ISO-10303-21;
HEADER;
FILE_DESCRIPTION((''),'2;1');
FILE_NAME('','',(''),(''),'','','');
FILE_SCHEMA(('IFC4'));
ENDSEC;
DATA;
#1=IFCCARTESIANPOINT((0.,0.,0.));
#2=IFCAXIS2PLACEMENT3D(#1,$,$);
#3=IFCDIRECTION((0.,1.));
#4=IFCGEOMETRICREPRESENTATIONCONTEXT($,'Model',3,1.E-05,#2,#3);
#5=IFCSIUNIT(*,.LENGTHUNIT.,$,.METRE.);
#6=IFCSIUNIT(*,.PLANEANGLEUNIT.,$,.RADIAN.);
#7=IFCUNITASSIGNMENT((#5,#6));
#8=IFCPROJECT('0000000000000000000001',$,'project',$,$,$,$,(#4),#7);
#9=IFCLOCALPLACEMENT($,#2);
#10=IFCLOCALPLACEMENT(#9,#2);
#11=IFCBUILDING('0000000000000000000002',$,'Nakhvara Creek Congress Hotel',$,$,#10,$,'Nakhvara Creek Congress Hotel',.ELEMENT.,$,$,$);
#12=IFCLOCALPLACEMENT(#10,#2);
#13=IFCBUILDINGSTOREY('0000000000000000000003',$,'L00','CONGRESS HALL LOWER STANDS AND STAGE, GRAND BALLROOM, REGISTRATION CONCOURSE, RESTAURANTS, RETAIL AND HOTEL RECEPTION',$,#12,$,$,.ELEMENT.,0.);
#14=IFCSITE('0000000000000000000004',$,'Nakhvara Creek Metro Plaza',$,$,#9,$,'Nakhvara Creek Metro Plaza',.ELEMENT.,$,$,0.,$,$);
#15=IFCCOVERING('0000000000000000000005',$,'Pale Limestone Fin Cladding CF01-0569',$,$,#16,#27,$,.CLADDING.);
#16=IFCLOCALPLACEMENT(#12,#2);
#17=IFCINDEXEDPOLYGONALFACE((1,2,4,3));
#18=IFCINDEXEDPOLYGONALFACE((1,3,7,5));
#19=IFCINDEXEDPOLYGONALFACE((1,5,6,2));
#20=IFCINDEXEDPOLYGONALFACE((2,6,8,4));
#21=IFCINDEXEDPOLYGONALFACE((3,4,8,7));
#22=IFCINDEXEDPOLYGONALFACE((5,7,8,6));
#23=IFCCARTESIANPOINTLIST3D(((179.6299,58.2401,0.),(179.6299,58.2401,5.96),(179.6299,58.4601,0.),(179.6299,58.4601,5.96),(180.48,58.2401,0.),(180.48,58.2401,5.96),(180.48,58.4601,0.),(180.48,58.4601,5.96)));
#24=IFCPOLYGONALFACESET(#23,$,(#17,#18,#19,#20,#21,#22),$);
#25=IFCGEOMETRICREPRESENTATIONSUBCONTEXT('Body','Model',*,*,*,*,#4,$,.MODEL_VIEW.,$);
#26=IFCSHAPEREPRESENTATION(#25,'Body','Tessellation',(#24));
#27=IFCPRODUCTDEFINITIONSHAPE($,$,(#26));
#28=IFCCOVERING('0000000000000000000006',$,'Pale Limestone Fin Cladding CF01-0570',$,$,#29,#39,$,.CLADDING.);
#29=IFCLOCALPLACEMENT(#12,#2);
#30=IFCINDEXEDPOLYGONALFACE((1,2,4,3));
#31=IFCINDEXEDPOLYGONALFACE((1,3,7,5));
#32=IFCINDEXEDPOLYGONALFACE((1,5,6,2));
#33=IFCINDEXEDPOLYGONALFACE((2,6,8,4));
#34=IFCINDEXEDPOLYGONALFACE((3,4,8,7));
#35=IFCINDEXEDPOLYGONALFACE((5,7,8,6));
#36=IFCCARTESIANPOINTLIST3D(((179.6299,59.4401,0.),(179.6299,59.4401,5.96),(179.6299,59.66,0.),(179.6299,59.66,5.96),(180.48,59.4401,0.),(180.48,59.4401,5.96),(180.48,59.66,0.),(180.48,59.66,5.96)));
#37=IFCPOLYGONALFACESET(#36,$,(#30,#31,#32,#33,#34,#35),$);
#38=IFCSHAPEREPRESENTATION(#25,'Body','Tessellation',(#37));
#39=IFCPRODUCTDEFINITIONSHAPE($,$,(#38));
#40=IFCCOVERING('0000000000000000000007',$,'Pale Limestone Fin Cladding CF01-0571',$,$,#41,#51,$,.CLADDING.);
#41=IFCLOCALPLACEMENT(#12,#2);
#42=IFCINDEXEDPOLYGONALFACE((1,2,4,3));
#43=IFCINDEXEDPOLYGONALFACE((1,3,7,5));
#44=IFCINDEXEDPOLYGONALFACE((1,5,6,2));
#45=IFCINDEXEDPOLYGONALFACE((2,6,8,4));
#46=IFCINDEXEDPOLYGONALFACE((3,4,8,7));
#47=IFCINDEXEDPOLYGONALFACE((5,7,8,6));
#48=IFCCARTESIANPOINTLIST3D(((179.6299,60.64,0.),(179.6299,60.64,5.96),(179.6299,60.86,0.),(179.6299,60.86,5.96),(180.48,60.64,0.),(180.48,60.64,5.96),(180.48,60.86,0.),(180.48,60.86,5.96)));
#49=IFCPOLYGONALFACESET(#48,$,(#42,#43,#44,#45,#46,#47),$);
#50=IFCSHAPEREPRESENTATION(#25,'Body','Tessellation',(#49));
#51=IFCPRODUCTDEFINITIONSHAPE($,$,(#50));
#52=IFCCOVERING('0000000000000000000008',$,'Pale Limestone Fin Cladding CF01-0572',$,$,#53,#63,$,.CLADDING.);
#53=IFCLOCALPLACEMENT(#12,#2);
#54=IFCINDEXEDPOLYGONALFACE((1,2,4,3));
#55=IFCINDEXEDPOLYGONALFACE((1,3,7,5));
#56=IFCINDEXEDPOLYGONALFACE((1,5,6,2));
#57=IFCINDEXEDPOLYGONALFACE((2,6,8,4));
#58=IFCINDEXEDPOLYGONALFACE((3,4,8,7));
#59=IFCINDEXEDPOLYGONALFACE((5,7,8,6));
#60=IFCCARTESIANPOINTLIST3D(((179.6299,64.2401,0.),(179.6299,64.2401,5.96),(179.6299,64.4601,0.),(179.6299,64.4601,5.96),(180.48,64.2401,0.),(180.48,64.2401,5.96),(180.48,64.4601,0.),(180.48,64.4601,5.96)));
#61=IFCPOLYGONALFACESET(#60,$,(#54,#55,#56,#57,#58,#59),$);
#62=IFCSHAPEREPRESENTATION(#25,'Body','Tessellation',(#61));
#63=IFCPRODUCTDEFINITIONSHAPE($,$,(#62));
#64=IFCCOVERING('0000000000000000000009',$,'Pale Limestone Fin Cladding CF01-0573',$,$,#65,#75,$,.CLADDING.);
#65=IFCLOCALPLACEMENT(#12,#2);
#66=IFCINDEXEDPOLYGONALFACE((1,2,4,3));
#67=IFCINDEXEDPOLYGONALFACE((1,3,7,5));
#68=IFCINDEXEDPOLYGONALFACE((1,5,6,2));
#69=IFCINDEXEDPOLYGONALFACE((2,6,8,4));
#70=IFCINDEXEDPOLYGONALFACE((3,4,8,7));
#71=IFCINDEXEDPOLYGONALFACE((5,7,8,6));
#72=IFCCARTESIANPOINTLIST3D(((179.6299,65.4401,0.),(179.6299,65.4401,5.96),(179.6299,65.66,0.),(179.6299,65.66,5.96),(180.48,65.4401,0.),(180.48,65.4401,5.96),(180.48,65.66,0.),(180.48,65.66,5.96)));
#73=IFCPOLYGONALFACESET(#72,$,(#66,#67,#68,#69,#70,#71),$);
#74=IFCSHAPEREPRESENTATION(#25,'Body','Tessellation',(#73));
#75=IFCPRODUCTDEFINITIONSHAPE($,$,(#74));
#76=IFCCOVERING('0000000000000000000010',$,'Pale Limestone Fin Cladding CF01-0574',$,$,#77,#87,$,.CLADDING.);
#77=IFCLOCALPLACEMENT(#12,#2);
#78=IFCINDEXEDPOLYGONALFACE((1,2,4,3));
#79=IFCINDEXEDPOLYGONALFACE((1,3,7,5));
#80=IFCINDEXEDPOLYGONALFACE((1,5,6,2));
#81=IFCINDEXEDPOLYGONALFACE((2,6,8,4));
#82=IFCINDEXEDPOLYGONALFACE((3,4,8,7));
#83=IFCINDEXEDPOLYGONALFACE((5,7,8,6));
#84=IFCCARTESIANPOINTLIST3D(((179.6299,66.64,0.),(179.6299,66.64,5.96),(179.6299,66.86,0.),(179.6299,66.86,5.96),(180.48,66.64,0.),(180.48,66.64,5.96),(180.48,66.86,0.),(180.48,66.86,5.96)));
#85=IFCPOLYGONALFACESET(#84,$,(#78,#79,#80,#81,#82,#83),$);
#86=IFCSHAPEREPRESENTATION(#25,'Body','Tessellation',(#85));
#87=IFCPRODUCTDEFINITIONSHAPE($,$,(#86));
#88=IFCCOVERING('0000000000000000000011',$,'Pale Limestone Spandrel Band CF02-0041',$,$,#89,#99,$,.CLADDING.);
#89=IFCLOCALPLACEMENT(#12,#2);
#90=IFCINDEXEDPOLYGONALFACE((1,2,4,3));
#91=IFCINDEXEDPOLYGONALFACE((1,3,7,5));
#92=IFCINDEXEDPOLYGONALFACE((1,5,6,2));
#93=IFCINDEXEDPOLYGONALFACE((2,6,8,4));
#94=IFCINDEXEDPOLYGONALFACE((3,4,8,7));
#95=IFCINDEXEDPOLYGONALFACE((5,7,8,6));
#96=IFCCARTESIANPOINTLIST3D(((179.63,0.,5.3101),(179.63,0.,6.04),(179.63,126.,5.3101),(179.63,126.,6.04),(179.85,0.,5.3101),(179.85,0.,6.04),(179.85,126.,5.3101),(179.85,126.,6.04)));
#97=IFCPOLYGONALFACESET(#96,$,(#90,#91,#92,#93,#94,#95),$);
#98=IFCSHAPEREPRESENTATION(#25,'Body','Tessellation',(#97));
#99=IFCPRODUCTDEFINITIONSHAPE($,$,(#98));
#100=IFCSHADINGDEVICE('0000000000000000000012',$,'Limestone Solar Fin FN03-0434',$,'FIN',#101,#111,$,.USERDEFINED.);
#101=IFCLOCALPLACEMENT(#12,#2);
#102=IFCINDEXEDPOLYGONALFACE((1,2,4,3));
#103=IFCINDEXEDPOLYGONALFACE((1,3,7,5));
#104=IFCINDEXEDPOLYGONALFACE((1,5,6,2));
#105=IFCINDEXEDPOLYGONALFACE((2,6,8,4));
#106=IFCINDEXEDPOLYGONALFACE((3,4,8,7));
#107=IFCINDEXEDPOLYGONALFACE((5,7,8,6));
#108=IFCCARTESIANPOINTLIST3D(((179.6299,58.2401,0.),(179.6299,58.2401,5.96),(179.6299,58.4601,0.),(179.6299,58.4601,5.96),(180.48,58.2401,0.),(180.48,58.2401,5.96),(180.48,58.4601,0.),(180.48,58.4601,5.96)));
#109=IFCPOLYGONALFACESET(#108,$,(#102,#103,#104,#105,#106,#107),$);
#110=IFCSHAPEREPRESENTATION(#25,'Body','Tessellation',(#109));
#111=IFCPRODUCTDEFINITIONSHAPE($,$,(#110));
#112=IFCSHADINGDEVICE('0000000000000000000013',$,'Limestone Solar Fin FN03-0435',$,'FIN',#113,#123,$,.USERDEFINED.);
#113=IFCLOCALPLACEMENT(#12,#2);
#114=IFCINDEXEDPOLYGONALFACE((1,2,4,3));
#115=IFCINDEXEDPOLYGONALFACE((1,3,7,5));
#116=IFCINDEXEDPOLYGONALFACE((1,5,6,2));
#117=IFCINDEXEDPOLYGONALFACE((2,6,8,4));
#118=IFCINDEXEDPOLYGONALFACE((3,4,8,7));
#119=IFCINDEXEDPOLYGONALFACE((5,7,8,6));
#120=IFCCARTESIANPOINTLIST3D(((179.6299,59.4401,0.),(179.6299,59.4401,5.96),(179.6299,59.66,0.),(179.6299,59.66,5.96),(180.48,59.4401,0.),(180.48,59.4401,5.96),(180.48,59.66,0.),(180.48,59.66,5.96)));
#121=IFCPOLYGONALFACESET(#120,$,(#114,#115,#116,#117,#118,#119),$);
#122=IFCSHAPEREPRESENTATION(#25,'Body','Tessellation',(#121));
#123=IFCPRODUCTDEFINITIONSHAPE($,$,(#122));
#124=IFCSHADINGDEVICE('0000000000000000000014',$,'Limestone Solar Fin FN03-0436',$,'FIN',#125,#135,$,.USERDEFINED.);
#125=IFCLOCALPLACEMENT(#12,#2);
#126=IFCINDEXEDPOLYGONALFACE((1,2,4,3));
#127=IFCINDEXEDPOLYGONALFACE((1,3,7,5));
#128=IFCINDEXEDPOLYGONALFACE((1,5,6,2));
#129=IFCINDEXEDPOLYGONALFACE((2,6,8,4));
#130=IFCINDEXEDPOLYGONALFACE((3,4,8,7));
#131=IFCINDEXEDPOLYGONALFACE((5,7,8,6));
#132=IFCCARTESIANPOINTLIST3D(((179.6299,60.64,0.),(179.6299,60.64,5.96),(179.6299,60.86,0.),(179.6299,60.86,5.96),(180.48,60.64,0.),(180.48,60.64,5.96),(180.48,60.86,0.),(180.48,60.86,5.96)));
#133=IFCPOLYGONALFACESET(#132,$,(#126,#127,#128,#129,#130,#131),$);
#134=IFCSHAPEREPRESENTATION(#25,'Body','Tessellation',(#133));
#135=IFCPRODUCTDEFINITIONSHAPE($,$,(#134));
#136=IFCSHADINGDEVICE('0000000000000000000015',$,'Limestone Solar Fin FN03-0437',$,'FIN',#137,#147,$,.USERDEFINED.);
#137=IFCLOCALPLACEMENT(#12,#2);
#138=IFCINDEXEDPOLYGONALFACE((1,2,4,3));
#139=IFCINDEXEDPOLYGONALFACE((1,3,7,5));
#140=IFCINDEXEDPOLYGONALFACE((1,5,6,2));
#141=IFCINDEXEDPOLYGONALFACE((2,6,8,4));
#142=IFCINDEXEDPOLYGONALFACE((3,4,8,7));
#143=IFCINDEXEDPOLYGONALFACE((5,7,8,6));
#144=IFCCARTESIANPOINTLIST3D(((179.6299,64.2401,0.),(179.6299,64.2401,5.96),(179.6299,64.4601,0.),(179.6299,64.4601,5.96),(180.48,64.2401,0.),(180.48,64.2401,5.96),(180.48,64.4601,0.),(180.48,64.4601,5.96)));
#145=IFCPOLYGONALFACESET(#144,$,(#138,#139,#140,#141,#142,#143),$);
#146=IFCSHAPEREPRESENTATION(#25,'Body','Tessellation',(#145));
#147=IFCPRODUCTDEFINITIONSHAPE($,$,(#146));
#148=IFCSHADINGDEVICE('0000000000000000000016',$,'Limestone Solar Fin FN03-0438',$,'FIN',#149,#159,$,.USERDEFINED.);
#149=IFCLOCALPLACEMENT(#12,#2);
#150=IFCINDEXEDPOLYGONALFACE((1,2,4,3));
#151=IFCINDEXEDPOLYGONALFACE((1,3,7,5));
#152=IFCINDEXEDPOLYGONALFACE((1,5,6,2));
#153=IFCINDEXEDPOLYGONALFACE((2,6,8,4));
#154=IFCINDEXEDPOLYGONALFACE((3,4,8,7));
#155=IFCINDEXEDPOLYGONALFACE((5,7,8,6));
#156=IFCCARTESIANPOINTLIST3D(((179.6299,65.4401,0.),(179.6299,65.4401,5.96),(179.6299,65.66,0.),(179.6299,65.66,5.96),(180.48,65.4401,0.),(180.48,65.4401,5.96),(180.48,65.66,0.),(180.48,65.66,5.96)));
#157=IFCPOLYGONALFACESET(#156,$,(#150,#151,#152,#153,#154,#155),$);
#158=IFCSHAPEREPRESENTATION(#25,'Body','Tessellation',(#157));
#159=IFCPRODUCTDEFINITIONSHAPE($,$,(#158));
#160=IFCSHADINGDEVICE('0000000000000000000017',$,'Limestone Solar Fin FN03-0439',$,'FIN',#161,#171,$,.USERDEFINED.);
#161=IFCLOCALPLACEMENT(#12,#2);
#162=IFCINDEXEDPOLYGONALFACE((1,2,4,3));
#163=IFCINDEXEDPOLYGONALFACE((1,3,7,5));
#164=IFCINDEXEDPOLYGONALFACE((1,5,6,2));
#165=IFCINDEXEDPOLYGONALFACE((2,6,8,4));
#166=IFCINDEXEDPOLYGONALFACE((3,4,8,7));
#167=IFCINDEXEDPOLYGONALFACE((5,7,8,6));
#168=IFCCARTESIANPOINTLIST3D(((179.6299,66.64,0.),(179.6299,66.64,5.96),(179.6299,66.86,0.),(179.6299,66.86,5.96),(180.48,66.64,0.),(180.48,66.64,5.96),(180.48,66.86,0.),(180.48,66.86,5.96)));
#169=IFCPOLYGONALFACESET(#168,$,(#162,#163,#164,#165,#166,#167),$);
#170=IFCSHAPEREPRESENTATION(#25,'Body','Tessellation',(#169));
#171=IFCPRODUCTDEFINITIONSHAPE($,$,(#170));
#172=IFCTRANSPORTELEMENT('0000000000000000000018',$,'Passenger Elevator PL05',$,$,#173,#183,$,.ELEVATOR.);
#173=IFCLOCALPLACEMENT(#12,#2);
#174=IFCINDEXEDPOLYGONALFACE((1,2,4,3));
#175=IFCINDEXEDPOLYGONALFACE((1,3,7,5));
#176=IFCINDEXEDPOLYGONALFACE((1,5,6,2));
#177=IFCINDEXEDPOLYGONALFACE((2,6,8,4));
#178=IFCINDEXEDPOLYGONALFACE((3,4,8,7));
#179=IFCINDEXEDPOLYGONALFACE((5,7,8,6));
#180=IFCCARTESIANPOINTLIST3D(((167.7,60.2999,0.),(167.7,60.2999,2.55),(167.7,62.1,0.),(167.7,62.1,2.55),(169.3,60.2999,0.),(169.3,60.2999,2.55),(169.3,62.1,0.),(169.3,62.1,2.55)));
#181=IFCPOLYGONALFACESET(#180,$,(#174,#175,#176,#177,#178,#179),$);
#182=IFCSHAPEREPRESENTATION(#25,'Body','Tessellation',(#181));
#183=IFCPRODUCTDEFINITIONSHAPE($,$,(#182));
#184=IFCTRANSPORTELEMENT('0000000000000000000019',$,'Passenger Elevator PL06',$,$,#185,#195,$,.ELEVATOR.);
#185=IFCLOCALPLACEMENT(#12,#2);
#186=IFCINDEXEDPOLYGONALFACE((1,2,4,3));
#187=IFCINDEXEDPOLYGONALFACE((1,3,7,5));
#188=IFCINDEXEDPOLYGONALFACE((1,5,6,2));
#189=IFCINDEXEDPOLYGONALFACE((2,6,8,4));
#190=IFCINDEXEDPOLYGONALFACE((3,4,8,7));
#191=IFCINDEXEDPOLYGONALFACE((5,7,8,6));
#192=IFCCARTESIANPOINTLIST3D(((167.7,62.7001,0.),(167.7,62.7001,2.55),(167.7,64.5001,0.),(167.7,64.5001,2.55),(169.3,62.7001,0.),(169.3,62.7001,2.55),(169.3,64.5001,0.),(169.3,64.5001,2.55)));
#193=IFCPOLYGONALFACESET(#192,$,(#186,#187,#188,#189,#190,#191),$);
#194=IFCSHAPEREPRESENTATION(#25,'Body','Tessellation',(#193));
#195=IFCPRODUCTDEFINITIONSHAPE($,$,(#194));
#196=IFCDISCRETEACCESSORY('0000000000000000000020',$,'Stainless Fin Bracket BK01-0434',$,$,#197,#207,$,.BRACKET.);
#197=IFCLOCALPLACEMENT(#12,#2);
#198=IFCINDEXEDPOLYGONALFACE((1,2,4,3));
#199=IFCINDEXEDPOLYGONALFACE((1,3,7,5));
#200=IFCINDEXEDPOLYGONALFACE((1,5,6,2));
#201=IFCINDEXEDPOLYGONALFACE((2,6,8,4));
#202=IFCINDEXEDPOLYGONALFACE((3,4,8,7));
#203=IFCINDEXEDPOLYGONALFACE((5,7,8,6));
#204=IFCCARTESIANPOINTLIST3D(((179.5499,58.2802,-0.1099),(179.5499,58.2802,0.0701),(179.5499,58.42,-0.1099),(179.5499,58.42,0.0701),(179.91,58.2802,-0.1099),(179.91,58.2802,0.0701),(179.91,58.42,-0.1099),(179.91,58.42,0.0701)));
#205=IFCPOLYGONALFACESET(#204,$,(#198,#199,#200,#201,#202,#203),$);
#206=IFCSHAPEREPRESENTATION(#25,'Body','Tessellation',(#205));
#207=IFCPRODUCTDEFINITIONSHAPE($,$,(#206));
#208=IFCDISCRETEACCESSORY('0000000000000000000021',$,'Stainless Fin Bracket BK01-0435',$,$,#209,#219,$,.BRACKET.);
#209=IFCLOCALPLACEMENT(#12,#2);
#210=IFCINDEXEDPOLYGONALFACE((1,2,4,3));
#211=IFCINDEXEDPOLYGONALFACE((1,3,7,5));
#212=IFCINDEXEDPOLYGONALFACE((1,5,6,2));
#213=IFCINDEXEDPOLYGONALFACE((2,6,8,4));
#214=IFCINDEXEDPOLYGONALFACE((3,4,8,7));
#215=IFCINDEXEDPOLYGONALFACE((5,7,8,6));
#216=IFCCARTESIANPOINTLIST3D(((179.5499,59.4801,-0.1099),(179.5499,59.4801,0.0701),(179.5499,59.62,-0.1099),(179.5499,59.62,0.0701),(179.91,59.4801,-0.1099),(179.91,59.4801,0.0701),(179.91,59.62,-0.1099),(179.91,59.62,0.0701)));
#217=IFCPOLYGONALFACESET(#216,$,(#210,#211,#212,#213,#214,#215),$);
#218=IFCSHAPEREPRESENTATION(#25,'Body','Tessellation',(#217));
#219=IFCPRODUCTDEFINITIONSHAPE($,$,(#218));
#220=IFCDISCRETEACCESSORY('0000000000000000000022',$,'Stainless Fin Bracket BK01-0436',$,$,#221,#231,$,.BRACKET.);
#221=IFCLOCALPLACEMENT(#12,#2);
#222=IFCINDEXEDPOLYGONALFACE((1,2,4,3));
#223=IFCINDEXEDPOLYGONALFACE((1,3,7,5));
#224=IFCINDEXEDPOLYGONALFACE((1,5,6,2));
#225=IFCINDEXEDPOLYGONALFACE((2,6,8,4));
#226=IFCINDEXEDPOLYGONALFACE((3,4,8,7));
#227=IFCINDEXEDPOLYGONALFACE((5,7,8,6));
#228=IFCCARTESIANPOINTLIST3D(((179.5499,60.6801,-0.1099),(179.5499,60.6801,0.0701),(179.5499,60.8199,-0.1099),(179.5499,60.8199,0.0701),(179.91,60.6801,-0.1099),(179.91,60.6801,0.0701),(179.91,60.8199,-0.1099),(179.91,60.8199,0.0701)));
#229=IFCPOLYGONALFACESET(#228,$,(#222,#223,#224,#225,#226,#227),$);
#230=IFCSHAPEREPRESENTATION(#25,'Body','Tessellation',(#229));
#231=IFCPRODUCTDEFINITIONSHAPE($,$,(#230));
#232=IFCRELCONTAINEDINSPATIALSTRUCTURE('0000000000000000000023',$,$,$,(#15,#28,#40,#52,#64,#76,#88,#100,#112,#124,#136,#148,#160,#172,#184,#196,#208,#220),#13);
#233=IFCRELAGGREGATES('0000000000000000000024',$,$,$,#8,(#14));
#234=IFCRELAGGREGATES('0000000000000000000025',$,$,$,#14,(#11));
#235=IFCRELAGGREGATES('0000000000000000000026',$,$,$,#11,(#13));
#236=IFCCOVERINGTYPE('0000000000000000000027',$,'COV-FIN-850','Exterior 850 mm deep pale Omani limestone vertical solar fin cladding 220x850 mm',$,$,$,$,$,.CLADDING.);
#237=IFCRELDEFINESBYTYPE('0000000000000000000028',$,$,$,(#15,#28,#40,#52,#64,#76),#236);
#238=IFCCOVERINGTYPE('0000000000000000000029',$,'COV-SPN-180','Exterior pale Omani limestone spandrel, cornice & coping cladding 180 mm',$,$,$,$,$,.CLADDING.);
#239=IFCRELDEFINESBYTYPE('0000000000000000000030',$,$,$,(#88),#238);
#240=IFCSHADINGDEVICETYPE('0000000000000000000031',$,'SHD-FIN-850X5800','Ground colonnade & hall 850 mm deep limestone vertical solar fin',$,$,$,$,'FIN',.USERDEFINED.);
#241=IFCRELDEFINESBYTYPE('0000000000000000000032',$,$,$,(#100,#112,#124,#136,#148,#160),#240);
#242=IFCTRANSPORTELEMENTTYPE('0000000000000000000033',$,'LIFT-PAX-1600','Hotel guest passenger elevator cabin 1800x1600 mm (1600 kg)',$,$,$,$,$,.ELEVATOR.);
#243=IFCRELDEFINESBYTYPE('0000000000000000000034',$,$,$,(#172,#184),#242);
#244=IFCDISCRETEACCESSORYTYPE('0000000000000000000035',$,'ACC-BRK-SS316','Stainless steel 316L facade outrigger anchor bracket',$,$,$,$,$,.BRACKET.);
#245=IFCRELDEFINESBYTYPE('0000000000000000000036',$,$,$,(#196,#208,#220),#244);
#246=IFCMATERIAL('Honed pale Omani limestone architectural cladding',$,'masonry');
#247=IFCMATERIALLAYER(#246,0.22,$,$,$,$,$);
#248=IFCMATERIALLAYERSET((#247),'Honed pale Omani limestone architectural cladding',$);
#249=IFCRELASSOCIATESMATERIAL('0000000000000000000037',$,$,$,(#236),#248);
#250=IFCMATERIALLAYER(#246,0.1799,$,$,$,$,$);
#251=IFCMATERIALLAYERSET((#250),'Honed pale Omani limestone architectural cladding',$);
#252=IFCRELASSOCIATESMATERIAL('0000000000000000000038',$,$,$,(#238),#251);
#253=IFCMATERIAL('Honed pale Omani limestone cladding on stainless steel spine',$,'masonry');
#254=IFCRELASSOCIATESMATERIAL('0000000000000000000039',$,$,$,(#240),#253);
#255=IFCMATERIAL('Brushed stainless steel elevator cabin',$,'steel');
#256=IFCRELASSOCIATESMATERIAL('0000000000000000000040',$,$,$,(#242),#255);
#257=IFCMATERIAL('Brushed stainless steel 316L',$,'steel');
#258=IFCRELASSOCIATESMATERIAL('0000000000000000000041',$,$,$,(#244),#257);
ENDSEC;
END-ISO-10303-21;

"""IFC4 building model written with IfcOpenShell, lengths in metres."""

from ifc_helpers import new_model, si_unit, direction, frame, origin, origin_2d, place, context, subcontext, project, spatial, rectangle, extrude, material, layer, layer_set, type_object, element, save


model = new_model("IFC4")

# Units and contexts
model_context = context("Model", 3, precision=1e-05, world=origin(), true_north=direction((0.0, 1.0)))
body_context = subcontext(model_context, "Body", "Model", "MODEL_VIEW")
ifc_project = project(units=[si_unit("LENGTHUNIT", "METRE"), si_unit("PLANEANGLEUNIT", "RADIAN")], contexts=[model_context])

# Site, building, storey
site_placement = place(None, origin())
site = spatial("IfcSite", under=ifc_project, at=site_placement, Name="Nakhvara Creek Metro Plaza", LongName="Nakhvara Creek Metro Plaza", CompositionType="ELEMENT", RefElevation=0.0)
building_placement = place(site_placement, origin())
building = spatial("IfcBuilding", under=site, at=building_placement, Name="Nakhvara Creek Congress Hotel", LongName="Nakhvara Creek Congress Hotel", CompositionType="ELEMENT")
storey_placement = place(building_placement, origin())
storey = spatial("IfcBuildingStorey", under=building, at=storey_placement, Name="L00", Description="CONGRESS HALL LOWER STANDS AND STAGE, GRAND BALLROOM, REGISTRATION CONCOURSE, RESTAURANTS, RETAIL AND HOTEL RECEPTION", CompositionType="ELEMENT", Elevation=0.0)

# Coverings
ifc_material_1 = material(Name="Honed pale Omani limestone architectural cladding", Category="masonry")
ifc_layer_1 = layer(ifc_material_1, 0.22)
ifc_layer_set_1 = layer_set([ifc_layer_1], Name="Honed pale Omani limestone architectural cladding")
covering_type_1 = type_object("IfcCoveringType", Name="COV-FIN-850", Description="Exterior 850 mm deep pale Omani limestone vertical solar fin cladding 220x850 mm", PredefinedType="CLADDING", material=ifc_layer_set_1)
for number, where, z_axis, x_axis, name in (
    (1, (180.0549, 58.3501, 0.0), (0.0, 0.0, 1.0), (0.0, 1.0, 0.0), "Pale Limestone Fin Cladding CF01-0569"),
    (2, (180.0549, 59.55, 0.0), (0.0, 0.0, 1.0), (0.0, 1.0, 0.0), "Pale Limestone Fin Cladding CF01-0570"),
    (3, (180.0549, 60.75, 0.0), (0.0, 0.0, 1.0), (0.0, 1.0, 0.0), "Pale Limestone Fin Cladding CF01-0571"),
    (4, (180.0549, 64.3501, 0.0), (0.0, 0.0, 1.0), (0.0, 1.0, 0.0), "Pale Limestone Fin Cladding CF01-0572"),
    (5, (180.0549, 65.55, 0.0), (0.0, 0.0, 1.0), (0.0, 1.0, 0.0), "Pale Limestone Fin Cladding CF01-0573"),
    (6, (180.0549, 66.75, 0.0), (0.0, 0.0, 1.0), (0.0, 1.0, 0.0), "Pale Limestone Fin Cladding CF01-0574"),
):
    element("IfcCovering", number, at=place(storey_placement, frame(where, z_axis=z_axis, x_axis=x_axis)), inside=storey, type_object=covering_type_1, Name=name, PredefinedType="CLADDING", context=body_context, shape_type="SweptSolid", body=[
        extrude(rectangle(XDim=0.22, YDim=0.8501, at=origin_2d()), origin(), (0.0, 0.0, 1.0), 5.96),
    ])
ifc_layer_2 = layer(ifc_material_1, 0.1799)
ifc_layer_set_2 = layer_set([ifc_layer_2], Name="Honed pale Omani limestone architectural cladding")
covering_type_2 = type_object("IfcCoveringType", Name="COV-SPN-180", Description="Exterior pale Omani limestone spandrel, cornice & coping cladding 180 mm", PredefinedType="CLADDING", material=ifc_layer_set_2)
covering_placement = place(storey_placement, frame((179.74, 63.0, 5.3101), z_axis=(0.0, 0.0, 1.0), x_axis=(0.0, 1.0, 0.0)))
element("IfcCovering", 7, at=covering_placement, inside=storey, type_object=covering_type_2, Name="Pale Limestone Spandrel Band CF02-0041", PredefinedType="CLADDING", context=body_context, shape_type="SweptSolid", body=[
    extrude(rectangle(XDim=126.0, YDim=0.22, at=origin_2d()), origin(), (0.0, 0.0, 1.0), 0.73),
])

# Shading devices
ifc_material_2 = material(Name="Honed pale Omani limestone cladding on stainless steel spine", Category="masonry")
shading_device_type = type_object("IfcShadingDeviceType", Name="SHD-FIN-850X5800", Description="Ground colonnade & hall 850 mm deep limestone vertical solar fin", ElementType="FIN", PredefinedType="USERDEFINED", material=ifc_material_2)
for number, where, z_axis, x_axis, name in (
    (8, (180.0549, 58.3501, 0.0), (0.0, 0.0, 1.0), (0.0, 1.0, 0.0), "Limestone Solar Fin FN03-0434"),
    (9, (180.0549, 59.55, 0.0), (0.0, 0.0, 1.0), (0.0, 1.0, 0.0), "Limestone Solar Fin FN03-0435"),
    (10, (180.0549, 60.75, 0.0), (0.0, 0.0, 1.0), (0.0, 1.0, 0.0), "Limestone Solar Fin FN03-0436"),
    (11, (180.0549, 64.3501, 0.0), (0.0, 0.0, 1.0), (0.0, 1.0, 0.0), "Limestone Solar Fin FN03-0437"),
    (12, (180.0549, 65.55, 0.0), (0.0, 0.0, 1.0), (0.0, 1.0, 0.0), "Limestone Solar Fin FN03-0438"),
    (13, (180.0549, 66.75, 0.0), (0.0, 0.0, 1.0), (0.0, 1.0, 0.0), "Limestone Solar Fin FN03-0439"),
):
    element("IfcShadingDevice", number, at=place(storey_placement, frame(where, z_axis=z_axis, x_axis=x_axis)), inside=storey, type_object=shading_device_type, Name=name, ObjectType="FIN", PredefinedType="USERDEFINED", context=body_context, shape_type="SweptSolid", body=[
        extrude(rectangle(XDim=0.22, YDim=0.8501, at=origin_2d()), origin(), (0.0, 0.0, 1.0), 5.96),
    ])

# Transport elements
ifc_material_3 = material(Name="Brushed stainless steel elevator cabin", Category="steel")
transport_element_type = type_object("IfcTransportElementType", Name="LIFT-PAX-1600", Description="Hotel guest passenger elevator cabin 1800x1600 mm (1600 kg)", PredefinedType="ELEVATOR", material=ifc_material_3)
for number, where, z_axis, x_axis, name in (
    (14, (168.5, 61.2, 0.0), (0.0, 0.0, 1.0), (0.0, 1.0, 0.0), "Passenger Elevator PL05"),
    (15, (168.5, 63.6001, 0.0), (0.0, 0.0, 1.0), (0.0, 1.0, 0.0), "Passenger Elevator PL06"),
):
    element("IfcTransportElement", number, at=place(storey_placement, frame(where, z_axis=z_axis, x_axis=x_axis)), inside=storey, type_object=transport_element_type, Name=name, PredefinedType="ELEVATOR", context=body_context, shape_type="SweptSolid", body=[
        extrude(rectangle(XDim=1.8, YDim=1.6001, at=origin_2d()), origin(), (0.0, 0.0, 1.0), 2.55),
    ])

# Discrete accessories
ifc_material_4 = material(Name="Brushed stainless steel 316L", Category="steel")
discrete_accessory_type = type_object("IfcDiscreteAccessoryType", Name="ACC-BRK-SS316", Description="Stainless steel 316L facade outrigger anchor bracket", PredefinedType="BRACKET", material=ifc_material_4)
for number, where, z_axis, x_axis, name in (
    (16, (179.73, 58.3501, -0.1099), (0.0, 0.0, 1.0), (0.0, 1.0, 0.0), "Stainless Fin Bracket BK01-0434"),
    (17, (179.73, 59.55, -0.1099), (0.0, 0.0, 1.0), (0.0, 1.0, 0.0), "Stainless Fin Bracket BK01-0435"),
    (18, (179.73, 60.75, -0.1099), (0.0, 0.0, 1.0), (0.0, 1.0, 0.0), "Stainless Fin Bracket BK01-0436"),
):
    element("IfcDiscreteAccessory", number, at=place(storey_placement, frame(where, z_axis=z_axis, x_axis=x_axis)), inside=storey, type_object=discrete_accessory_type, Name=name, PredefinedType="BRACKET", context=body_context, shape_type="SweptSolid", body=[
        extrude(rectangle(XDim=0.1399, YDim=0.3601, at=origin_2d()), origin(), (0.0, 0.0, 1.0), 0.1799),
    ])

save(model, "model.ifc")
